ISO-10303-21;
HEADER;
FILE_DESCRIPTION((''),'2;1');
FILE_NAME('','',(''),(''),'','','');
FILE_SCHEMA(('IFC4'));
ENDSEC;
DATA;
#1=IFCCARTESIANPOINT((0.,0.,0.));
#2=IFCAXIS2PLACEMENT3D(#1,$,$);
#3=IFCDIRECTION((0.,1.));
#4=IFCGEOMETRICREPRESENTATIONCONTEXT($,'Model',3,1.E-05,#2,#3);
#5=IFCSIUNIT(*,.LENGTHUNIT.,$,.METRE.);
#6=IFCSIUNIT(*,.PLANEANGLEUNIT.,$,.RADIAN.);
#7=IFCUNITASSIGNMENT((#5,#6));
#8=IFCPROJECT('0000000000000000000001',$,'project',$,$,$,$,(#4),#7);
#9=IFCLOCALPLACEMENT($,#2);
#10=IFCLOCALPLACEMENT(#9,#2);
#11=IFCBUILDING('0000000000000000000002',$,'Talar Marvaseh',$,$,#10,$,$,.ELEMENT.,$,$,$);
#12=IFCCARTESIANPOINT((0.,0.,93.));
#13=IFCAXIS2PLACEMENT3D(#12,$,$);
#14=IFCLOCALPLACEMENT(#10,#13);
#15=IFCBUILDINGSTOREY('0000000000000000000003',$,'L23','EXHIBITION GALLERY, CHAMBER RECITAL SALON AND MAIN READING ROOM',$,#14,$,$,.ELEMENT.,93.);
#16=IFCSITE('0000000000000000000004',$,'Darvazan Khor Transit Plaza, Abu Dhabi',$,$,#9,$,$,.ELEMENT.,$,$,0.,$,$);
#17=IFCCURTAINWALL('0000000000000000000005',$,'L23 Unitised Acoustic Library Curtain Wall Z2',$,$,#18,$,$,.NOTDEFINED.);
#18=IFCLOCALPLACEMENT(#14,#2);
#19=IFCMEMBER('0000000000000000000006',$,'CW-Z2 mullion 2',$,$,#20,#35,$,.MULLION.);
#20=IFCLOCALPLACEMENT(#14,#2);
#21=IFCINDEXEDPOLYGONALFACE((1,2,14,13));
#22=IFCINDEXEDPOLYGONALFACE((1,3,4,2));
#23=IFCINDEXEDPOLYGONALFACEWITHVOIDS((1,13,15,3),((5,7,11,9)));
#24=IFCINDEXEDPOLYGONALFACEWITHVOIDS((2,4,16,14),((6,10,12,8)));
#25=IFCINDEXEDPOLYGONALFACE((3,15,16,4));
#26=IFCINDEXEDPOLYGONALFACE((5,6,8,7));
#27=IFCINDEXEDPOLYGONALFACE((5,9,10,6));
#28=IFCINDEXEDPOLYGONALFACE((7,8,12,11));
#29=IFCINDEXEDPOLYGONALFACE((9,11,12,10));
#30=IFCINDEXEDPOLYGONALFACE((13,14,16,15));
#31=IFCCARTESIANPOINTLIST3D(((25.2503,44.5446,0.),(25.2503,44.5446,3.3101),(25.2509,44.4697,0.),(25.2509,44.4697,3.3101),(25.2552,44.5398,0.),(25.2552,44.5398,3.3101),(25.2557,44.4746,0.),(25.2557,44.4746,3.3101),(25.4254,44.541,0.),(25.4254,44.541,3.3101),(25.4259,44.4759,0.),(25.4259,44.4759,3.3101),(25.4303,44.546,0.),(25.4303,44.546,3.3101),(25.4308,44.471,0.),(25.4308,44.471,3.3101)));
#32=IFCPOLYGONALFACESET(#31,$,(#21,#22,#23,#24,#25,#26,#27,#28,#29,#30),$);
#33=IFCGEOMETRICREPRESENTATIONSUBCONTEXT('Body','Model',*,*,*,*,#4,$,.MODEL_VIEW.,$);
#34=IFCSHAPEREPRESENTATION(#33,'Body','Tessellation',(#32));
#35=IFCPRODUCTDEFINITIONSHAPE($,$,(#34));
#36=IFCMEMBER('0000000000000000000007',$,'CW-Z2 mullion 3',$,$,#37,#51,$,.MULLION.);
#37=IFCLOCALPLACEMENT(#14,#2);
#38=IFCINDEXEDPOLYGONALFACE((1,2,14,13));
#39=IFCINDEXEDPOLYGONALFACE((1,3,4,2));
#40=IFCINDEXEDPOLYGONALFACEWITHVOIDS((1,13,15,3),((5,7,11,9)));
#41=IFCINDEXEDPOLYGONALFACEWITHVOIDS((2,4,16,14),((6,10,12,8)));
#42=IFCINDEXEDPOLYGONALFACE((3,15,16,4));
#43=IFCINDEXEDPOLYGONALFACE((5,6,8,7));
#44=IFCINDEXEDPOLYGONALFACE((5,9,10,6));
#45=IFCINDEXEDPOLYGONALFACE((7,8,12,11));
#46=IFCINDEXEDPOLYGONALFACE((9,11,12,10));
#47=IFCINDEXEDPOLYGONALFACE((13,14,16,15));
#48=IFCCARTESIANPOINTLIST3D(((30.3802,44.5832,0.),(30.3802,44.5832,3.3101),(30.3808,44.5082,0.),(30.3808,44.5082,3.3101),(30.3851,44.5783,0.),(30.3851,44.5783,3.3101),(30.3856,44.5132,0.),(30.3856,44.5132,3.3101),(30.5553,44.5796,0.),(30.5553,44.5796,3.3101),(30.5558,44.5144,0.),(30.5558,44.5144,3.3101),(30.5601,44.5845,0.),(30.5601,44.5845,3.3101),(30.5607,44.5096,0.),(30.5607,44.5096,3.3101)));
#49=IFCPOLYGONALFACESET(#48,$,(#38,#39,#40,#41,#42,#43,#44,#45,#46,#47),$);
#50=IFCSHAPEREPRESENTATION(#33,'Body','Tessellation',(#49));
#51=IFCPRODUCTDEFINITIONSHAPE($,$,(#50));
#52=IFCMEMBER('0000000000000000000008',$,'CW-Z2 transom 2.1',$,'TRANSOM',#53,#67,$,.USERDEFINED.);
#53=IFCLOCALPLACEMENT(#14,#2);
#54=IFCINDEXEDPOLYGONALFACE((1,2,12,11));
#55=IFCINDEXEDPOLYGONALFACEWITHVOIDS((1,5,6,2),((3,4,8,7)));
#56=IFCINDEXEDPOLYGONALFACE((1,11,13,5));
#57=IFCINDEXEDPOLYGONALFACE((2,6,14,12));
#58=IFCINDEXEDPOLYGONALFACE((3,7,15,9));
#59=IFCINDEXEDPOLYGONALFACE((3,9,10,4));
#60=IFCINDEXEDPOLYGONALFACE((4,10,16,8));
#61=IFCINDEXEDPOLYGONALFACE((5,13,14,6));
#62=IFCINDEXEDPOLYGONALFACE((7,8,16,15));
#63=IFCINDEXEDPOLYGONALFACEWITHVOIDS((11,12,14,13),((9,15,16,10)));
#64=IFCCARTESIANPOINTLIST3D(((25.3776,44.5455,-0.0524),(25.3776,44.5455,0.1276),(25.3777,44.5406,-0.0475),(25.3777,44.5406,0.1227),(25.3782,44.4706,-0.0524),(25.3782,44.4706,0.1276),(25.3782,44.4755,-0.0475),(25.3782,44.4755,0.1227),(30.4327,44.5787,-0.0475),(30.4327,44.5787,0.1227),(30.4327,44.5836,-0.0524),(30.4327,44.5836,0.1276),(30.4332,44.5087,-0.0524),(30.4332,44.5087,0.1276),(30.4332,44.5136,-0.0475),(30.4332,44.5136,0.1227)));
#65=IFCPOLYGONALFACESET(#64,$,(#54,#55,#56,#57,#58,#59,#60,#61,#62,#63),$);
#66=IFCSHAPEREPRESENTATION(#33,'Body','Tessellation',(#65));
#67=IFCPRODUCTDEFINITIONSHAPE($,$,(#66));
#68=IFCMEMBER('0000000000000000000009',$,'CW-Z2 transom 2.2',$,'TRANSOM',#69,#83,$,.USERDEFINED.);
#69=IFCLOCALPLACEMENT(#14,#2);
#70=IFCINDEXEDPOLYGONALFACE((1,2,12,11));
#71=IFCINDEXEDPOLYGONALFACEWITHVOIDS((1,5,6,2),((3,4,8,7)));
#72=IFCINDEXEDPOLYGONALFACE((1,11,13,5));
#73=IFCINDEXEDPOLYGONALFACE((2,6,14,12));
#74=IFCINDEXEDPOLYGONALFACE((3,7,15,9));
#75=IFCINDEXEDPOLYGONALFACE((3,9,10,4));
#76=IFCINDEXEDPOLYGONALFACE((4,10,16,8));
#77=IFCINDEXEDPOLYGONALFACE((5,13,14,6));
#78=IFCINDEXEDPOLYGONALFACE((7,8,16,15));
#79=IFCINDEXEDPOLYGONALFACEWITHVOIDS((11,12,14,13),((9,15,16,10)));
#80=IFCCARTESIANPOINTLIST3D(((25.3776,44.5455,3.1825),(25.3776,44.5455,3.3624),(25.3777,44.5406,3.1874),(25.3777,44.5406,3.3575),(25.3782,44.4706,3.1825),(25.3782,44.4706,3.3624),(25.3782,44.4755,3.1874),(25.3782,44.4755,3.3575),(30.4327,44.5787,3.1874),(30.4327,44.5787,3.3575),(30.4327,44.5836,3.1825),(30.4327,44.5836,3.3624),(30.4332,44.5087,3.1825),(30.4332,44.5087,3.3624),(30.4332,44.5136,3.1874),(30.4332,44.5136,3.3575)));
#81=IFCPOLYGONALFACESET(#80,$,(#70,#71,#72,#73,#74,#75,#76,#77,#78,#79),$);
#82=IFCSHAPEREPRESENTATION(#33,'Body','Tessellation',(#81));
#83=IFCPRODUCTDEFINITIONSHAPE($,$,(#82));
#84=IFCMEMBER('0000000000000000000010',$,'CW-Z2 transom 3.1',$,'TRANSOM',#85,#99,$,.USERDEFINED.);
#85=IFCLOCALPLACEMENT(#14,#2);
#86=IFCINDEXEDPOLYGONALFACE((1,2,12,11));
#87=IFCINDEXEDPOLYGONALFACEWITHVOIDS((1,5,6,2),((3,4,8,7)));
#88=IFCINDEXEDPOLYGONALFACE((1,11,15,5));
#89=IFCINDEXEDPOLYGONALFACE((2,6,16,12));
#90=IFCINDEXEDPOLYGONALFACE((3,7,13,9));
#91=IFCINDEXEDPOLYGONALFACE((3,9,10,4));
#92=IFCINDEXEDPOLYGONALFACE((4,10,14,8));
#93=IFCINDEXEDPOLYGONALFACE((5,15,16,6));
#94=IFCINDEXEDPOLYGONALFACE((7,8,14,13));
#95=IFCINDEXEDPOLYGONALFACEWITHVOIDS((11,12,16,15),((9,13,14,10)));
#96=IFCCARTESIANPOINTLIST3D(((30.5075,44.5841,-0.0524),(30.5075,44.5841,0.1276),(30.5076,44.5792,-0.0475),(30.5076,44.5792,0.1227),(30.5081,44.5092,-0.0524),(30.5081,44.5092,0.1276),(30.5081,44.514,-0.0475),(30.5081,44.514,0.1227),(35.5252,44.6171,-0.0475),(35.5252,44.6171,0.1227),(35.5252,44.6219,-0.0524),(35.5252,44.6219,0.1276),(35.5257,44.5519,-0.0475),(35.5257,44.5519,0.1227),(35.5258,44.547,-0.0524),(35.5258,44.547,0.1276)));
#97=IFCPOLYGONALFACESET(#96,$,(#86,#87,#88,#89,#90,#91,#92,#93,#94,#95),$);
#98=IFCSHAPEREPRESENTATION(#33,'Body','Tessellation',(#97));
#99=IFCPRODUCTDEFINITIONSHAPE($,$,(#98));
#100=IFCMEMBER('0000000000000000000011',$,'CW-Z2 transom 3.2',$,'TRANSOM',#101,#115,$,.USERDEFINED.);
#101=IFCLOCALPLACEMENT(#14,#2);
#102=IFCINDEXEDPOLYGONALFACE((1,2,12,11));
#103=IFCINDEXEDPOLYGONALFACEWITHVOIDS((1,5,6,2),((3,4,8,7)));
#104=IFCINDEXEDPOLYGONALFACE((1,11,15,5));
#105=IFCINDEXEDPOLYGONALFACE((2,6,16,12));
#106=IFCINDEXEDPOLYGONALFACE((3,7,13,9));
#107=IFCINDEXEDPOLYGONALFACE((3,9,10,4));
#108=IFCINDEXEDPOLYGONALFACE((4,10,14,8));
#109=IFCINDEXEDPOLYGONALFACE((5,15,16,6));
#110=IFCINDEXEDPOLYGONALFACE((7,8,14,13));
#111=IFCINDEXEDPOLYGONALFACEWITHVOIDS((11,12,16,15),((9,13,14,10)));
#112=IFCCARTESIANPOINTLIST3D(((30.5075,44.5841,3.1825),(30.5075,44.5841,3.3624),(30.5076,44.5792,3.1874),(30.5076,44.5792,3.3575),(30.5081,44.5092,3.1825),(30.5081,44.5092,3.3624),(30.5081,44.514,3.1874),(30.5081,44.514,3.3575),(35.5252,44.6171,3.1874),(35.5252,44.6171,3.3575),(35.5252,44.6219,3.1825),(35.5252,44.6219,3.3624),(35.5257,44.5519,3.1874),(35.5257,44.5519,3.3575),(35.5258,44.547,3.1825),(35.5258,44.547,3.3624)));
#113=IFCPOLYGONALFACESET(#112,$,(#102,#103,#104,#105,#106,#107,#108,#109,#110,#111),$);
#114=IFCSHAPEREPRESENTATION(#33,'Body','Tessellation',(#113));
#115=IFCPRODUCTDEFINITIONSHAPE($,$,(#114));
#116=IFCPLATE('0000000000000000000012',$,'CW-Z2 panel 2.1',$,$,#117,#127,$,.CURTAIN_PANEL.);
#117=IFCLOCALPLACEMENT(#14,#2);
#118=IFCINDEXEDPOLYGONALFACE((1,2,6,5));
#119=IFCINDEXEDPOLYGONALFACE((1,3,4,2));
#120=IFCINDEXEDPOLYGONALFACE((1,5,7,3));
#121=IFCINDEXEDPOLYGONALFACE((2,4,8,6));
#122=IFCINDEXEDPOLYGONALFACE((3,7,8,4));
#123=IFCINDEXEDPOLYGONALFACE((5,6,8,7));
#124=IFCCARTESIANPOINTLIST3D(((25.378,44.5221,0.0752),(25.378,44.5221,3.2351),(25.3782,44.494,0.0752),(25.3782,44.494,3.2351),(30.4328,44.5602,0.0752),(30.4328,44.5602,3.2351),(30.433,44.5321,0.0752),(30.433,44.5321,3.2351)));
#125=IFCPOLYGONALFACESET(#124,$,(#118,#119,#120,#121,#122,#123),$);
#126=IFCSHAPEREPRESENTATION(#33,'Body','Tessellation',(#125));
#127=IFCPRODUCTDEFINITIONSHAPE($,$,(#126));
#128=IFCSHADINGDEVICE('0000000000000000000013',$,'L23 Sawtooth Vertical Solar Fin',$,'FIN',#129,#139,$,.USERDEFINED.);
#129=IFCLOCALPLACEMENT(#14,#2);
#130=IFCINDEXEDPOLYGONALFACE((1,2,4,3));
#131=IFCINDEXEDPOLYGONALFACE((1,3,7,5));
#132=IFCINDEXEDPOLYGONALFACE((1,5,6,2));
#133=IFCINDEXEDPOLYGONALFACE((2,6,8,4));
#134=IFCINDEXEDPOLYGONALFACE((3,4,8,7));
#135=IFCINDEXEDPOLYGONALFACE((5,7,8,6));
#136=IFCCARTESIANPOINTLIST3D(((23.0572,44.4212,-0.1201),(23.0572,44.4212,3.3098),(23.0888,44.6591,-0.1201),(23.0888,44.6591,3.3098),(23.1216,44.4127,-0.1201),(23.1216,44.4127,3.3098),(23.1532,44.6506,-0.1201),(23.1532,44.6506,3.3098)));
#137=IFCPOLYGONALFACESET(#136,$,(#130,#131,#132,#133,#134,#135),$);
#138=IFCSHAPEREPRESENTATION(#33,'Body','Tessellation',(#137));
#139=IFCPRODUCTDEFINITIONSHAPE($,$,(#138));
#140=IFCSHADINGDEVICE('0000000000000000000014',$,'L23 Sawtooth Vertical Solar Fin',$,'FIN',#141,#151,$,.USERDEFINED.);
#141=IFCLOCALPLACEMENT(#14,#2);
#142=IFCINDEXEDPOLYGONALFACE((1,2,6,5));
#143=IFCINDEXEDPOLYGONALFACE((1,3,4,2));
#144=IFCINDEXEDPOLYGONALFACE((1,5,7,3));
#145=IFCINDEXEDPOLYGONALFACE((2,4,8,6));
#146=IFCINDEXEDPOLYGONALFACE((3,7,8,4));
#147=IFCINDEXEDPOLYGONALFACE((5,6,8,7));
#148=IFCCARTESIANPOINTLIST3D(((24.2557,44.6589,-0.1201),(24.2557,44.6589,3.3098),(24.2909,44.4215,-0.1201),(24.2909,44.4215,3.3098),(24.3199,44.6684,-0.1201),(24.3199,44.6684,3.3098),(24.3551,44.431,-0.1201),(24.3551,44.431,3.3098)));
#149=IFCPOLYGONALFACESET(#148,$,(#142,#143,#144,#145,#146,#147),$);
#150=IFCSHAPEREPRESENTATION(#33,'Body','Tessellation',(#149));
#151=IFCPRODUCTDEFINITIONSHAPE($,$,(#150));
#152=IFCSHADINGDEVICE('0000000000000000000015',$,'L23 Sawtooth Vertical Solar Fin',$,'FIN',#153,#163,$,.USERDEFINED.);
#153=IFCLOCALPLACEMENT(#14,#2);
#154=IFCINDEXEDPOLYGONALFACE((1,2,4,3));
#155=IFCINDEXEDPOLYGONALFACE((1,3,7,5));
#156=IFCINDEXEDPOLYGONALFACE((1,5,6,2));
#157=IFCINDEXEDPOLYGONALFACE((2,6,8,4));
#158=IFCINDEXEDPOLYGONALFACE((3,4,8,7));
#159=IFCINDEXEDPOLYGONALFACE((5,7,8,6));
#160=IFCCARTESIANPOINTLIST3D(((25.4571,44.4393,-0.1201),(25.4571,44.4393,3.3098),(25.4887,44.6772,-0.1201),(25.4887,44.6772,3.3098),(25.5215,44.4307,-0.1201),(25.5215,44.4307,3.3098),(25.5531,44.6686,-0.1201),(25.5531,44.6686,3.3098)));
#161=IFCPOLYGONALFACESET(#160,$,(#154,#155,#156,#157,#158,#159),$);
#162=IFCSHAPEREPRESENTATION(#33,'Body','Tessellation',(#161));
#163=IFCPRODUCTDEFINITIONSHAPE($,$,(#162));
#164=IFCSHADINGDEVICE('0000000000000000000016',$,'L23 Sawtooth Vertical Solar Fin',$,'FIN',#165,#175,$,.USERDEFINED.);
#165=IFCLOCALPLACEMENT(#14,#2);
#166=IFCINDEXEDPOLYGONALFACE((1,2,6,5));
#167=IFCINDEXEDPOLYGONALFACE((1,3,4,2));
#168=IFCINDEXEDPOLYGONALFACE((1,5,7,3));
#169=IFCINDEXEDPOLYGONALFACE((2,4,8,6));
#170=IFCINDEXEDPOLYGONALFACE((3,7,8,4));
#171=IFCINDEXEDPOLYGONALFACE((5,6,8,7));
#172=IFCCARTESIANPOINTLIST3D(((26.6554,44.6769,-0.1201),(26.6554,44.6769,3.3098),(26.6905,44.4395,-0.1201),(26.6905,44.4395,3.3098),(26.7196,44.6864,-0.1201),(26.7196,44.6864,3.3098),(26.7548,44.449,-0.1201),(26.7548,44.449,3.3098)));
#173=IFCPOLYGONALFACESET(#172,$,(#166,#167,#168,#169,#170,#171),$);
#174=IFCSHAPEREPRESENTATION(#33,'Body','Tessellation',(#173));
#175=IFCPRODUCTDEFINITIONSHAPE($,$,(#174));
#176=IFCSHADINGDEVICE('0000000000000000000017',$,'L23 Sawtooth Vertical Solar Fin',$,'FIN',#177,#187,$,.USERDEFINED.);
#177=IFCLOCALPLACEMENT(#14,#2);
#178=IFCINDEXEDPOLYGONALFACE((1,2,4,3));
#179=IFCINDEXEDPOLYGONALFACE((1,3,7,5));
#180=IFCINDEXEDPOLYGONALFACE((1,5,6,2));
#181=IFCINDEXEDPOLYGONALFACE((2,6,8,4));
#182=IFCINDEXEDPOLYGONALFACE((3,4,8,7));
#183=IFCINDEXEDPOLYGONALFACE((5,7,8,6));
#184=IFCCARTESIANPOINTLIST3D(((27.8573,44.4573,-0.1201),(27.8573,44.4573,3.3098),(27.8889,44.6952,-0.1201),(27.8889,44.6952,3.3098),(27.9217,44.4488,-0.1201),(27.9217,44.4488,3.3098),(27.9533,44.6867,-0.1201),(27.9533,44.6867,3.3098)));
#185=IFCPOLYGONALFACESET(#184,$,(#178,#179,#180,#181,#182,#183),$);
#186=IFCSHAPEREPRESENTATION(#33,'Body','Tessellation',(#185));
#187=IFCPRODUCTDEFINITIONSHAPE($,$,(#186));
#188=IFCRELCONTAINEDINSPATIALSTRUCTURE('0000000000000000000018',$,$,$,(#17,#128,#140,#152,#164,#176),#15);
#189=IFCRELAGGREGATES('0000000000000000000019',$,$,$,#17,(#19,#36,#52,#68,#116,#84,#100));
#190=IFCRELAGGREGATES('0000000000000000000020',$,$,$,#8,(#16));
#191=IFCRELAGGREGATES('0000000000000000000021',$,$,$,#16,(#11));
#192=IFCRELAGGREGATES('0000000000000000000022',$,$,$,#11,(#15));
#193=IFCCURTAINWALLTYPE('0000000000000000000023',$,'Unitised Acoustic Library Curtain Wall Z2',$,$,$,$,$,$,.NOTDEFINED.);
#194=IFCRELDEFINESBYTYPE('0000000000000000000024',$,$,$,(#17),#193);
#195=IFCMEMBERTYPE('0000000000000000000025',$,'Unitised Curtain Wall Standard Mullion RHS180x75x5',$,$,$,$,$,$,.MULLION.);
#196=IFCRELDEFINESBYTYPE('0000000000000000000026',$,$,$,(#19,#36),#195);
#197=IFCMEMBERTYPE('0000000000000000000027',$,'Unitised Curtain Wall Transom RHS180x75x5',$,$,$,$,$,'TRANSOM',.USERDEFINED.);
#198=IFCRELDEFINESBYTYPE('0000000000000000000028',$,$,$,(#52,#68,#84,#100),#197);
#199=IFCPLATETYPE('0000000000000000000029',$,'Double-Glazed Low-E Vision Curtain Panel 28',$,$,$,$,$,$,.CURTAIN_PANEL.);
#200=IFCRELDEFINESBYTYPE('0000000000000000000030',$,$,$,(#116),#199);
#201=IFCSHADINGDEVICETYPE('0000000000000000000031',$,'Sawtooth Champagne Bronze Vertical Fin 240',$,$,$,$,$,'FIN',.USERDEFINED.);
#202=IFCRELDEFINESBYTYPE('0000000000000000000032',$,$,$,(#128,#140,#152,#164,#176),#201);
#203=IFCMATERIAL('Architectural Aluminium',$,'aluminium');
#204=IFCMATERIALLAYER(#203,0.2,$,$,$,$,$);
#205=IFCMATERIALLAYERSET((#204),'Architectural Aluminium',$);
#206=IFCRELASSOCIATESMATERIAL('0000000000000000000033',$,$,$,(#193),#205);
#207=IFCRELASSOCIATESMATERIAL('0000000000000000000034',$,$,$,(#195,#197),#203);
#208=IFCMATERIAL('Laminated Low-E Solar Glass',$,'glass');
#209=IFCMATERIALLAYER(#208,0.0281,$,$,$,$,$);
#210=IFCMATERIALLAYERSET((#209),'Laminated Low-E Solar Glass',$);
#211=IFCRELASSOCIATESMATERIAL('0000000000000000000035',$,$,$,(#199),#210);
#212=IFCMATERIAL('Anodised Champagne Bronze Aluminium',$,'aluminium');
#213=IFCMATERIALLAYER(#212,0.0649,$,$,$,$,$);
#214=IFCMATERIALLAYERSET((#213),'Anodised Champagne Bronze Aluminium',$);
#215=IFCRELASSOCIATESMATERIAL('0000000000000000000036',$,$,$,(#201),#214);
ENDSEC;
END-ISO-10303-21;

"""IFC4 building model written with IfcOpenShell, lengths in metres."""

from ifc_helpers import new_model, si_unit, direction, frame, origin, origin_2d, place, context, subcontext, project, spatial, rectangle, hollow_rectangle, extrude, source, transform, mapped, material, layer, layer_set, material_profile, profile_set, type_object, type_shapes, element, aggregate, save


model = new_model("IFC4")

# Units and contexts
model_context = context("Model", 3, precision=1e-05, world=origin(), true_north=direction((0.0, 1.0)))
body_context = subcontext(model_context, "Body", "Model", "MODEL_VIEW")
ifc_project = project(units=[si_unit("LENGTHUNIT", "METRE"), si_unit("PLANEANGLEUNIT", "RADIAN")], contexts=[model_context])

# Site, building, storey
site_placement = place(None, origin())
site = spatial("IfcSite", under=ifc_project, at=site_placement, Name="Darvazan Khor Transit Plaza, Abu Dhabi", CompositionType="ELEMENT", RefElevation=0.0)
building_placement = place(site_placement, origin())
building = spatial("IfcBuilding", under=site, at=building_placement, Name="Talar Marvaseh", CompositionType="ELEMENT")
storey_placement = place(building_placement, frame((0.0, 0.0, 93.0)))
storey = spatial("IfcBuildingStorey", under=building, at=storey_placement, Name="L23", Description="EXHIBITION GALLERY, CHAMBER RECITAL SALON AND MAIN READING ROOM", CompositionType="ELEMENT", Elevation=93.0)

# Curtain wall, members, plate
ifc_material_1 = material(Name="Architectural Aluminium", Category="aluminium")
ifc_layer_1 = layer(ifc_material_1, 0.2)
ifc_layer_set_1 = layer_set([ifc_layer_1], Name="Architectural Aluminium")
curtain_wall_type = type_object("IfcCurtainWallType", Name="Unitised Acoustic Library Curtain Wall Z2", PredefinedType="NOTDEFINED", material=ifc_layer_set_1)
curtain_wall_placement = place(storey_placement, origin())
curtain_wall = element("IfcCurtainWall", 1, at=curtain_wall_placement, inside=storey, type_object=curtain_wall_type, Name="L23 Unitised Acoustic Library Curtain Wall Z2", PredefinedType="NOTDEFINED")
ifc_material_profile_1 = material_profile(ifc_material_1, hollow_rectangle(XDim=0.075, YDim=0.1799, WallThickness=0.0049, at=origin_2d()), Name="RHS180x75x5")
ifc_profile_set_1 = profile_set([ifc_material_profile_1], Name="Architectural Aluminium")
member_type_1 = type_object("IfcMemberType", Name="Unitised Curtain Wall Standard Mullion RHS180x75x5", PredefinedType="MULLION", material=ifc_profile_set_1)
shared_shape_1 = source(origin(), body_context, "Body", "SweptSolid", [
    extrude(hollow_rectangle(XDim=0.075, YDim=0.1799, WallThickness=0.0049, at=origin_2d()), origin(), (0.0, 0.0, 1.0), 3.3101),
])
type_shapes(member_type_1, [shared_shape_1])
member_1_placement = place(storey_placement, frame((25.3406, 44.5078, 0.0), z_axis=(0.0, 0.0, 1.0), x_axis=(-0.007544, 0.999972, 0.0)))
member_1 = element("IfcMember", 2, at=member_1_placement, type_object=member_type_1, Name="CW-Z2 mullion 2", PredefinedType="MULLION", context=body_context, shape_type="MappedRepresentation", body=[
    mapped(shared_shape_1, transform((0.0, 0.0, 0.0), x_axis=(1.0, 0.0, 0.0), y_axis=(0.0, 1.0, 0.0), z_axis=(0.0, 0.0, 1.0), scale=1.0)),
])
member_2_placement = place(storey_placement, frame((30.4705, 44.5464, 0.0), z_axis=(0.0, 0.0, 1.0), x_axis=(-0.007544, 0.999972, 0.0)))
member_2 = element("IfcMember", 3, at=member_2_placement, type_object=member_type_1, Name="CW-Z2 mullion 3", PredefinedType="MULLION", context=body_context, shape_type="MappedRepresentation", body=[
    mapped(shared_shape_1, transform((0.0, 0.0, 0.0), x_axis=(1.0, 0.0, 0.0), y_axis=(0.0, 1.0, 0.0), z_axis=(0.0, 0.0, 1.0), scale=1.0)),
])
ifc_material_profile_2 = material_profile(ifc_material_1, hollow_rectangle(XDim=0.075, YDim=0.1799, WallThickness=0.0049, at=origin_2d()), Name="RHS180x75x5")
ifc_profile_set_2 = profile_set([ifc_material_profile_2], Name="Architectural Aluminium")
member_type_2 = type_object("IfcMemberType", Name="Unitised Curtain Wall Transom RHS180x75x5", ElementType="TRANSOM", PredefinedType="USERDEFINED", material=ifc_profile_set_2)
shared_shape_2 = source(origin(), body_context, "Body", "SweptSolid", [
    extrude(hollow_rectangle(XDim=0.075, YDim=0.1799, WallThickness=0.0049, at=origin_2d()), origin(), (0.0, 0.0, 1.0), 5.0552),
])
member_3_placement = place(storey_placement, frame((25.3779, 44.5081, 0.0376), z_axis=(0.999972, 0.007534, 0.0), x_axis=(-0.007534, 0.999972, 0.0)))
member_3 = element("IfcMember", 4, at=member_3_placement, type_object=member_type_2, Name="CW-Z2 transom 2.1", ObjectType="TRANSOM", PredefinedType="USERDEFINED", context=body_context, shape_type="MappedRepresentation", body=[
    mapped(shared_shape_2, transform((0.0, 0.0, 0.0), x_axis=(1.0, 0.0, 0.0), y_axis=(0.0, 1.0, 0.0), z_axis=(0.0, 0.0, 1.0), scale=1.0)),
])
member_4_placement = place(storey_placement, frame((25.3779, 44.5081, 3.2725), z_axis=(0.999972, 0.007534, 0.0), x_axis=(-0.007534, 0.999972, 0.0)))
member_4 = element("IfcMember", 5, at=member_4_placement, type_object=member_type_2, Name="CW-Z2 transom 2.2", ObjectType="TRANSOM", PredefinedType="USERDEFINED", context=body_context, shape_type="MappedRepresentation", body=[
    mapped(shared_shape_2, transform((0.0, 0.0, 0.0), x_axis=(1.0, 0.0, 0.0), y_axis=(0.0, 1.0, 0.0), z_axis=(0.0, 0.0, 1.0), scale=1.0)),
])
shared_shape_3 = source(origin(), body_context, "Body", "SweptSolid", [
    extrude(hollow_rectangle(XDim=0.075, YDim=0.1799, WallThickness=0.0049, at=origin_2d()), origin(), (0.0, 0.0, 1.0), 5.0178),
])
type_shapes(member_type_2, [shared_shape_2, shared_shape_3])
member_5_placement = place(storey_placement, frame((30.5078, 44.5466, 0.0376), z_axis=(0.999972, 0.007542, 0.0), x_axis=(-0.007542, 0.999972, 0.0)))
member_5 = element("IfcMember", 6, at=member_5_placement, type_object=member_type_2, Name="CW-Z2 transom 3.1", ObjectType="TRANSOM", PredefinedType="USERDEFINED", context=body_context, shape_type="MappedRepresentation", body=[
    mapped(shared_shape_3, transform((0.0, 0.0, 0.0), x_axis=(1.0, 0.0, 0.0), y_axis=(0.0, 1.0, 0.0), z_axis=(0.0, 0.0, 1.0), scale=1.0)),
])
member_6_placement = place(storey_placement, frame((30.5078, 44.5466, 3.2725), z_axis=(0.999972, 0.007542, 0.0), x_axis=(-0.007542, 0.999972, 0.0)))
member_6 = element("IfcMember", 7, at=member_6_placement, type_object=member_type_2, Name="CW-Z2 transom 3.2", ObjectType="TRANSOM", PredefinedType="USERDEFINED", context=body_context, shape_type="MappedRepresentation", body=[
    mapped(shared_shape_3, transform((0.0, 0.0, 0.0), x_axis=(1.0, 0.0, 0.0), y_axis=(0.0, 1.0, 0.0), z_axis=(0.0, 0.0, 1.0), scale=1.0)),
])
ifc_material_2 = material(Name="Laminated Low-E Solar Glass", Category="glass")
ifc_layer_2 = layer(ifc_material_2, 0.0281)
ifc_layer_set_2 = layer_set([ifc_layer_2], Name="Laminated Low-E Solar Glass")
plate_type = type_object("IfcPlateType", Name="Double-Glazed Low-E Vision Curtain Panel 28", PredefinedType="CURTAIN_PANEL", material=ifc_layer_set_2)
shared_shape_4 = source(origin(), body_context, "Body", "SweptSolid", [
    extrude(rectangle(XDim=5.0549, YDim=0.0281, at=origin_2d()), origin(), (0.0, 0.0, 1.0), 3.1599),
])
type_shapes(plate_type, [shared_shape_4])
plate_placement = place(storey_placement, frame((27.9055, 44.5271, 0.0752), z_axis=(0.0, 0.0, 1.0), x_axis=(0.999972, 0.007544, 0.0)))
plate = element("IfcPlate", 8, at=plate_placement, type_object=plate_type, Name="CW-Z2 panel 2.1", PredefinedType="CURTAIN_PANEL", context=body_context, shape_type="MappedRepresentation", body=[
    mapped(shared_shape_4, transform((0.0, 0.0, 0.0), x_axis=(1.0, 0.0, 0.0), y_axis=(0.0, 1.0, 0.0), z_axis=(0.0, 0.0, 1.0), scale=1.0)),
])
aggregate(curtain_wall, [member_1, member_2, member_3, member_4, plate, member_5, member_6])

# Shading devices
ifc_material_3 = material(Name="Anodised Champagne Bronze Aluminium", Category="aluminium")
ifc_layer_3 = layer(ifc_material_3, 0.0649)
ifc_layer_set_3 = layer_set([ifc_layer_3], Name="Anodised Champagne Bronze Aluminium")
shading_device_type = type_object("IfcShadingDeviceType", Name="Sawtooth Champagne Bronze Vertical Fin 240", ElementType="FIN", PredefinedType="USERDEFINED", material=ifc_layer_set_3)
shared_shape_5 = source(origin(), body_context, "Body", "SweptSolid", [
    extrude(rectangle(XDim=0.24, YDim=0.0649, at=origin_2d()), origin(), (0.0, 0.0, 1.0), 3.4299),
])
type_shapes(shading_device_type, [shared_shape_5])
for number, where, z_axis, x_axis, name in (
    (9, (23.1052, 44.5359, -0.1201), (0.0, 0.0, 1.0), (0.131737, 0.991285, 0.0), "L23 Sawtooth Vertical Solar Fin"),
    (10, (24.3054, 44.5449, -0.1201), (0.0, 0.0, 1.0), (-0.146601, 0.989196, 0.0), "L23 Sawtooth Vertical Solar Fin"),
    (11, (25.5051, 44.554, -0.1201), (0.0, 0.0, 1.0), (0.131737, 0.991285, 0.0), "L23 Sawtooth Vertical Solar Fin"),
    (12, (26.7051, 44.563, -0.1201), (0.0, 0.0, 1.0), (-0.146601, 0.989196, 0.0), "L23 Sawtooth Vertical Solar Fin"),
    (13, (27.9053, 44.572, -0.1201), (0.0, 0.0, 1.0), (0.131737, 0.991285, 0.0), "L23 Sawtooth Vertical Solar Fin"),
):
    element("IfcShadingDevice", number, at=place(storey_placement, frame(where, z_axis=z_axis, x_axis=x_axis)), inside=storey, type_object=shading_device_type, Name=name, ObjectType="FIN", PredefinedType="USERDEFINED", context=body_context, shape_type="MappedRepresentation", body=[
        mapped(shared_shape_5, transform((0.0, 0.0, 0.0), x_axis=(1.0, 0.0, 0.0), y_axis=(0.0, 1.0, 0.0), z_axis=(0.0, 0.0, 1.0), scale=1.0)),
    ])

save(model, "model.ifc")
